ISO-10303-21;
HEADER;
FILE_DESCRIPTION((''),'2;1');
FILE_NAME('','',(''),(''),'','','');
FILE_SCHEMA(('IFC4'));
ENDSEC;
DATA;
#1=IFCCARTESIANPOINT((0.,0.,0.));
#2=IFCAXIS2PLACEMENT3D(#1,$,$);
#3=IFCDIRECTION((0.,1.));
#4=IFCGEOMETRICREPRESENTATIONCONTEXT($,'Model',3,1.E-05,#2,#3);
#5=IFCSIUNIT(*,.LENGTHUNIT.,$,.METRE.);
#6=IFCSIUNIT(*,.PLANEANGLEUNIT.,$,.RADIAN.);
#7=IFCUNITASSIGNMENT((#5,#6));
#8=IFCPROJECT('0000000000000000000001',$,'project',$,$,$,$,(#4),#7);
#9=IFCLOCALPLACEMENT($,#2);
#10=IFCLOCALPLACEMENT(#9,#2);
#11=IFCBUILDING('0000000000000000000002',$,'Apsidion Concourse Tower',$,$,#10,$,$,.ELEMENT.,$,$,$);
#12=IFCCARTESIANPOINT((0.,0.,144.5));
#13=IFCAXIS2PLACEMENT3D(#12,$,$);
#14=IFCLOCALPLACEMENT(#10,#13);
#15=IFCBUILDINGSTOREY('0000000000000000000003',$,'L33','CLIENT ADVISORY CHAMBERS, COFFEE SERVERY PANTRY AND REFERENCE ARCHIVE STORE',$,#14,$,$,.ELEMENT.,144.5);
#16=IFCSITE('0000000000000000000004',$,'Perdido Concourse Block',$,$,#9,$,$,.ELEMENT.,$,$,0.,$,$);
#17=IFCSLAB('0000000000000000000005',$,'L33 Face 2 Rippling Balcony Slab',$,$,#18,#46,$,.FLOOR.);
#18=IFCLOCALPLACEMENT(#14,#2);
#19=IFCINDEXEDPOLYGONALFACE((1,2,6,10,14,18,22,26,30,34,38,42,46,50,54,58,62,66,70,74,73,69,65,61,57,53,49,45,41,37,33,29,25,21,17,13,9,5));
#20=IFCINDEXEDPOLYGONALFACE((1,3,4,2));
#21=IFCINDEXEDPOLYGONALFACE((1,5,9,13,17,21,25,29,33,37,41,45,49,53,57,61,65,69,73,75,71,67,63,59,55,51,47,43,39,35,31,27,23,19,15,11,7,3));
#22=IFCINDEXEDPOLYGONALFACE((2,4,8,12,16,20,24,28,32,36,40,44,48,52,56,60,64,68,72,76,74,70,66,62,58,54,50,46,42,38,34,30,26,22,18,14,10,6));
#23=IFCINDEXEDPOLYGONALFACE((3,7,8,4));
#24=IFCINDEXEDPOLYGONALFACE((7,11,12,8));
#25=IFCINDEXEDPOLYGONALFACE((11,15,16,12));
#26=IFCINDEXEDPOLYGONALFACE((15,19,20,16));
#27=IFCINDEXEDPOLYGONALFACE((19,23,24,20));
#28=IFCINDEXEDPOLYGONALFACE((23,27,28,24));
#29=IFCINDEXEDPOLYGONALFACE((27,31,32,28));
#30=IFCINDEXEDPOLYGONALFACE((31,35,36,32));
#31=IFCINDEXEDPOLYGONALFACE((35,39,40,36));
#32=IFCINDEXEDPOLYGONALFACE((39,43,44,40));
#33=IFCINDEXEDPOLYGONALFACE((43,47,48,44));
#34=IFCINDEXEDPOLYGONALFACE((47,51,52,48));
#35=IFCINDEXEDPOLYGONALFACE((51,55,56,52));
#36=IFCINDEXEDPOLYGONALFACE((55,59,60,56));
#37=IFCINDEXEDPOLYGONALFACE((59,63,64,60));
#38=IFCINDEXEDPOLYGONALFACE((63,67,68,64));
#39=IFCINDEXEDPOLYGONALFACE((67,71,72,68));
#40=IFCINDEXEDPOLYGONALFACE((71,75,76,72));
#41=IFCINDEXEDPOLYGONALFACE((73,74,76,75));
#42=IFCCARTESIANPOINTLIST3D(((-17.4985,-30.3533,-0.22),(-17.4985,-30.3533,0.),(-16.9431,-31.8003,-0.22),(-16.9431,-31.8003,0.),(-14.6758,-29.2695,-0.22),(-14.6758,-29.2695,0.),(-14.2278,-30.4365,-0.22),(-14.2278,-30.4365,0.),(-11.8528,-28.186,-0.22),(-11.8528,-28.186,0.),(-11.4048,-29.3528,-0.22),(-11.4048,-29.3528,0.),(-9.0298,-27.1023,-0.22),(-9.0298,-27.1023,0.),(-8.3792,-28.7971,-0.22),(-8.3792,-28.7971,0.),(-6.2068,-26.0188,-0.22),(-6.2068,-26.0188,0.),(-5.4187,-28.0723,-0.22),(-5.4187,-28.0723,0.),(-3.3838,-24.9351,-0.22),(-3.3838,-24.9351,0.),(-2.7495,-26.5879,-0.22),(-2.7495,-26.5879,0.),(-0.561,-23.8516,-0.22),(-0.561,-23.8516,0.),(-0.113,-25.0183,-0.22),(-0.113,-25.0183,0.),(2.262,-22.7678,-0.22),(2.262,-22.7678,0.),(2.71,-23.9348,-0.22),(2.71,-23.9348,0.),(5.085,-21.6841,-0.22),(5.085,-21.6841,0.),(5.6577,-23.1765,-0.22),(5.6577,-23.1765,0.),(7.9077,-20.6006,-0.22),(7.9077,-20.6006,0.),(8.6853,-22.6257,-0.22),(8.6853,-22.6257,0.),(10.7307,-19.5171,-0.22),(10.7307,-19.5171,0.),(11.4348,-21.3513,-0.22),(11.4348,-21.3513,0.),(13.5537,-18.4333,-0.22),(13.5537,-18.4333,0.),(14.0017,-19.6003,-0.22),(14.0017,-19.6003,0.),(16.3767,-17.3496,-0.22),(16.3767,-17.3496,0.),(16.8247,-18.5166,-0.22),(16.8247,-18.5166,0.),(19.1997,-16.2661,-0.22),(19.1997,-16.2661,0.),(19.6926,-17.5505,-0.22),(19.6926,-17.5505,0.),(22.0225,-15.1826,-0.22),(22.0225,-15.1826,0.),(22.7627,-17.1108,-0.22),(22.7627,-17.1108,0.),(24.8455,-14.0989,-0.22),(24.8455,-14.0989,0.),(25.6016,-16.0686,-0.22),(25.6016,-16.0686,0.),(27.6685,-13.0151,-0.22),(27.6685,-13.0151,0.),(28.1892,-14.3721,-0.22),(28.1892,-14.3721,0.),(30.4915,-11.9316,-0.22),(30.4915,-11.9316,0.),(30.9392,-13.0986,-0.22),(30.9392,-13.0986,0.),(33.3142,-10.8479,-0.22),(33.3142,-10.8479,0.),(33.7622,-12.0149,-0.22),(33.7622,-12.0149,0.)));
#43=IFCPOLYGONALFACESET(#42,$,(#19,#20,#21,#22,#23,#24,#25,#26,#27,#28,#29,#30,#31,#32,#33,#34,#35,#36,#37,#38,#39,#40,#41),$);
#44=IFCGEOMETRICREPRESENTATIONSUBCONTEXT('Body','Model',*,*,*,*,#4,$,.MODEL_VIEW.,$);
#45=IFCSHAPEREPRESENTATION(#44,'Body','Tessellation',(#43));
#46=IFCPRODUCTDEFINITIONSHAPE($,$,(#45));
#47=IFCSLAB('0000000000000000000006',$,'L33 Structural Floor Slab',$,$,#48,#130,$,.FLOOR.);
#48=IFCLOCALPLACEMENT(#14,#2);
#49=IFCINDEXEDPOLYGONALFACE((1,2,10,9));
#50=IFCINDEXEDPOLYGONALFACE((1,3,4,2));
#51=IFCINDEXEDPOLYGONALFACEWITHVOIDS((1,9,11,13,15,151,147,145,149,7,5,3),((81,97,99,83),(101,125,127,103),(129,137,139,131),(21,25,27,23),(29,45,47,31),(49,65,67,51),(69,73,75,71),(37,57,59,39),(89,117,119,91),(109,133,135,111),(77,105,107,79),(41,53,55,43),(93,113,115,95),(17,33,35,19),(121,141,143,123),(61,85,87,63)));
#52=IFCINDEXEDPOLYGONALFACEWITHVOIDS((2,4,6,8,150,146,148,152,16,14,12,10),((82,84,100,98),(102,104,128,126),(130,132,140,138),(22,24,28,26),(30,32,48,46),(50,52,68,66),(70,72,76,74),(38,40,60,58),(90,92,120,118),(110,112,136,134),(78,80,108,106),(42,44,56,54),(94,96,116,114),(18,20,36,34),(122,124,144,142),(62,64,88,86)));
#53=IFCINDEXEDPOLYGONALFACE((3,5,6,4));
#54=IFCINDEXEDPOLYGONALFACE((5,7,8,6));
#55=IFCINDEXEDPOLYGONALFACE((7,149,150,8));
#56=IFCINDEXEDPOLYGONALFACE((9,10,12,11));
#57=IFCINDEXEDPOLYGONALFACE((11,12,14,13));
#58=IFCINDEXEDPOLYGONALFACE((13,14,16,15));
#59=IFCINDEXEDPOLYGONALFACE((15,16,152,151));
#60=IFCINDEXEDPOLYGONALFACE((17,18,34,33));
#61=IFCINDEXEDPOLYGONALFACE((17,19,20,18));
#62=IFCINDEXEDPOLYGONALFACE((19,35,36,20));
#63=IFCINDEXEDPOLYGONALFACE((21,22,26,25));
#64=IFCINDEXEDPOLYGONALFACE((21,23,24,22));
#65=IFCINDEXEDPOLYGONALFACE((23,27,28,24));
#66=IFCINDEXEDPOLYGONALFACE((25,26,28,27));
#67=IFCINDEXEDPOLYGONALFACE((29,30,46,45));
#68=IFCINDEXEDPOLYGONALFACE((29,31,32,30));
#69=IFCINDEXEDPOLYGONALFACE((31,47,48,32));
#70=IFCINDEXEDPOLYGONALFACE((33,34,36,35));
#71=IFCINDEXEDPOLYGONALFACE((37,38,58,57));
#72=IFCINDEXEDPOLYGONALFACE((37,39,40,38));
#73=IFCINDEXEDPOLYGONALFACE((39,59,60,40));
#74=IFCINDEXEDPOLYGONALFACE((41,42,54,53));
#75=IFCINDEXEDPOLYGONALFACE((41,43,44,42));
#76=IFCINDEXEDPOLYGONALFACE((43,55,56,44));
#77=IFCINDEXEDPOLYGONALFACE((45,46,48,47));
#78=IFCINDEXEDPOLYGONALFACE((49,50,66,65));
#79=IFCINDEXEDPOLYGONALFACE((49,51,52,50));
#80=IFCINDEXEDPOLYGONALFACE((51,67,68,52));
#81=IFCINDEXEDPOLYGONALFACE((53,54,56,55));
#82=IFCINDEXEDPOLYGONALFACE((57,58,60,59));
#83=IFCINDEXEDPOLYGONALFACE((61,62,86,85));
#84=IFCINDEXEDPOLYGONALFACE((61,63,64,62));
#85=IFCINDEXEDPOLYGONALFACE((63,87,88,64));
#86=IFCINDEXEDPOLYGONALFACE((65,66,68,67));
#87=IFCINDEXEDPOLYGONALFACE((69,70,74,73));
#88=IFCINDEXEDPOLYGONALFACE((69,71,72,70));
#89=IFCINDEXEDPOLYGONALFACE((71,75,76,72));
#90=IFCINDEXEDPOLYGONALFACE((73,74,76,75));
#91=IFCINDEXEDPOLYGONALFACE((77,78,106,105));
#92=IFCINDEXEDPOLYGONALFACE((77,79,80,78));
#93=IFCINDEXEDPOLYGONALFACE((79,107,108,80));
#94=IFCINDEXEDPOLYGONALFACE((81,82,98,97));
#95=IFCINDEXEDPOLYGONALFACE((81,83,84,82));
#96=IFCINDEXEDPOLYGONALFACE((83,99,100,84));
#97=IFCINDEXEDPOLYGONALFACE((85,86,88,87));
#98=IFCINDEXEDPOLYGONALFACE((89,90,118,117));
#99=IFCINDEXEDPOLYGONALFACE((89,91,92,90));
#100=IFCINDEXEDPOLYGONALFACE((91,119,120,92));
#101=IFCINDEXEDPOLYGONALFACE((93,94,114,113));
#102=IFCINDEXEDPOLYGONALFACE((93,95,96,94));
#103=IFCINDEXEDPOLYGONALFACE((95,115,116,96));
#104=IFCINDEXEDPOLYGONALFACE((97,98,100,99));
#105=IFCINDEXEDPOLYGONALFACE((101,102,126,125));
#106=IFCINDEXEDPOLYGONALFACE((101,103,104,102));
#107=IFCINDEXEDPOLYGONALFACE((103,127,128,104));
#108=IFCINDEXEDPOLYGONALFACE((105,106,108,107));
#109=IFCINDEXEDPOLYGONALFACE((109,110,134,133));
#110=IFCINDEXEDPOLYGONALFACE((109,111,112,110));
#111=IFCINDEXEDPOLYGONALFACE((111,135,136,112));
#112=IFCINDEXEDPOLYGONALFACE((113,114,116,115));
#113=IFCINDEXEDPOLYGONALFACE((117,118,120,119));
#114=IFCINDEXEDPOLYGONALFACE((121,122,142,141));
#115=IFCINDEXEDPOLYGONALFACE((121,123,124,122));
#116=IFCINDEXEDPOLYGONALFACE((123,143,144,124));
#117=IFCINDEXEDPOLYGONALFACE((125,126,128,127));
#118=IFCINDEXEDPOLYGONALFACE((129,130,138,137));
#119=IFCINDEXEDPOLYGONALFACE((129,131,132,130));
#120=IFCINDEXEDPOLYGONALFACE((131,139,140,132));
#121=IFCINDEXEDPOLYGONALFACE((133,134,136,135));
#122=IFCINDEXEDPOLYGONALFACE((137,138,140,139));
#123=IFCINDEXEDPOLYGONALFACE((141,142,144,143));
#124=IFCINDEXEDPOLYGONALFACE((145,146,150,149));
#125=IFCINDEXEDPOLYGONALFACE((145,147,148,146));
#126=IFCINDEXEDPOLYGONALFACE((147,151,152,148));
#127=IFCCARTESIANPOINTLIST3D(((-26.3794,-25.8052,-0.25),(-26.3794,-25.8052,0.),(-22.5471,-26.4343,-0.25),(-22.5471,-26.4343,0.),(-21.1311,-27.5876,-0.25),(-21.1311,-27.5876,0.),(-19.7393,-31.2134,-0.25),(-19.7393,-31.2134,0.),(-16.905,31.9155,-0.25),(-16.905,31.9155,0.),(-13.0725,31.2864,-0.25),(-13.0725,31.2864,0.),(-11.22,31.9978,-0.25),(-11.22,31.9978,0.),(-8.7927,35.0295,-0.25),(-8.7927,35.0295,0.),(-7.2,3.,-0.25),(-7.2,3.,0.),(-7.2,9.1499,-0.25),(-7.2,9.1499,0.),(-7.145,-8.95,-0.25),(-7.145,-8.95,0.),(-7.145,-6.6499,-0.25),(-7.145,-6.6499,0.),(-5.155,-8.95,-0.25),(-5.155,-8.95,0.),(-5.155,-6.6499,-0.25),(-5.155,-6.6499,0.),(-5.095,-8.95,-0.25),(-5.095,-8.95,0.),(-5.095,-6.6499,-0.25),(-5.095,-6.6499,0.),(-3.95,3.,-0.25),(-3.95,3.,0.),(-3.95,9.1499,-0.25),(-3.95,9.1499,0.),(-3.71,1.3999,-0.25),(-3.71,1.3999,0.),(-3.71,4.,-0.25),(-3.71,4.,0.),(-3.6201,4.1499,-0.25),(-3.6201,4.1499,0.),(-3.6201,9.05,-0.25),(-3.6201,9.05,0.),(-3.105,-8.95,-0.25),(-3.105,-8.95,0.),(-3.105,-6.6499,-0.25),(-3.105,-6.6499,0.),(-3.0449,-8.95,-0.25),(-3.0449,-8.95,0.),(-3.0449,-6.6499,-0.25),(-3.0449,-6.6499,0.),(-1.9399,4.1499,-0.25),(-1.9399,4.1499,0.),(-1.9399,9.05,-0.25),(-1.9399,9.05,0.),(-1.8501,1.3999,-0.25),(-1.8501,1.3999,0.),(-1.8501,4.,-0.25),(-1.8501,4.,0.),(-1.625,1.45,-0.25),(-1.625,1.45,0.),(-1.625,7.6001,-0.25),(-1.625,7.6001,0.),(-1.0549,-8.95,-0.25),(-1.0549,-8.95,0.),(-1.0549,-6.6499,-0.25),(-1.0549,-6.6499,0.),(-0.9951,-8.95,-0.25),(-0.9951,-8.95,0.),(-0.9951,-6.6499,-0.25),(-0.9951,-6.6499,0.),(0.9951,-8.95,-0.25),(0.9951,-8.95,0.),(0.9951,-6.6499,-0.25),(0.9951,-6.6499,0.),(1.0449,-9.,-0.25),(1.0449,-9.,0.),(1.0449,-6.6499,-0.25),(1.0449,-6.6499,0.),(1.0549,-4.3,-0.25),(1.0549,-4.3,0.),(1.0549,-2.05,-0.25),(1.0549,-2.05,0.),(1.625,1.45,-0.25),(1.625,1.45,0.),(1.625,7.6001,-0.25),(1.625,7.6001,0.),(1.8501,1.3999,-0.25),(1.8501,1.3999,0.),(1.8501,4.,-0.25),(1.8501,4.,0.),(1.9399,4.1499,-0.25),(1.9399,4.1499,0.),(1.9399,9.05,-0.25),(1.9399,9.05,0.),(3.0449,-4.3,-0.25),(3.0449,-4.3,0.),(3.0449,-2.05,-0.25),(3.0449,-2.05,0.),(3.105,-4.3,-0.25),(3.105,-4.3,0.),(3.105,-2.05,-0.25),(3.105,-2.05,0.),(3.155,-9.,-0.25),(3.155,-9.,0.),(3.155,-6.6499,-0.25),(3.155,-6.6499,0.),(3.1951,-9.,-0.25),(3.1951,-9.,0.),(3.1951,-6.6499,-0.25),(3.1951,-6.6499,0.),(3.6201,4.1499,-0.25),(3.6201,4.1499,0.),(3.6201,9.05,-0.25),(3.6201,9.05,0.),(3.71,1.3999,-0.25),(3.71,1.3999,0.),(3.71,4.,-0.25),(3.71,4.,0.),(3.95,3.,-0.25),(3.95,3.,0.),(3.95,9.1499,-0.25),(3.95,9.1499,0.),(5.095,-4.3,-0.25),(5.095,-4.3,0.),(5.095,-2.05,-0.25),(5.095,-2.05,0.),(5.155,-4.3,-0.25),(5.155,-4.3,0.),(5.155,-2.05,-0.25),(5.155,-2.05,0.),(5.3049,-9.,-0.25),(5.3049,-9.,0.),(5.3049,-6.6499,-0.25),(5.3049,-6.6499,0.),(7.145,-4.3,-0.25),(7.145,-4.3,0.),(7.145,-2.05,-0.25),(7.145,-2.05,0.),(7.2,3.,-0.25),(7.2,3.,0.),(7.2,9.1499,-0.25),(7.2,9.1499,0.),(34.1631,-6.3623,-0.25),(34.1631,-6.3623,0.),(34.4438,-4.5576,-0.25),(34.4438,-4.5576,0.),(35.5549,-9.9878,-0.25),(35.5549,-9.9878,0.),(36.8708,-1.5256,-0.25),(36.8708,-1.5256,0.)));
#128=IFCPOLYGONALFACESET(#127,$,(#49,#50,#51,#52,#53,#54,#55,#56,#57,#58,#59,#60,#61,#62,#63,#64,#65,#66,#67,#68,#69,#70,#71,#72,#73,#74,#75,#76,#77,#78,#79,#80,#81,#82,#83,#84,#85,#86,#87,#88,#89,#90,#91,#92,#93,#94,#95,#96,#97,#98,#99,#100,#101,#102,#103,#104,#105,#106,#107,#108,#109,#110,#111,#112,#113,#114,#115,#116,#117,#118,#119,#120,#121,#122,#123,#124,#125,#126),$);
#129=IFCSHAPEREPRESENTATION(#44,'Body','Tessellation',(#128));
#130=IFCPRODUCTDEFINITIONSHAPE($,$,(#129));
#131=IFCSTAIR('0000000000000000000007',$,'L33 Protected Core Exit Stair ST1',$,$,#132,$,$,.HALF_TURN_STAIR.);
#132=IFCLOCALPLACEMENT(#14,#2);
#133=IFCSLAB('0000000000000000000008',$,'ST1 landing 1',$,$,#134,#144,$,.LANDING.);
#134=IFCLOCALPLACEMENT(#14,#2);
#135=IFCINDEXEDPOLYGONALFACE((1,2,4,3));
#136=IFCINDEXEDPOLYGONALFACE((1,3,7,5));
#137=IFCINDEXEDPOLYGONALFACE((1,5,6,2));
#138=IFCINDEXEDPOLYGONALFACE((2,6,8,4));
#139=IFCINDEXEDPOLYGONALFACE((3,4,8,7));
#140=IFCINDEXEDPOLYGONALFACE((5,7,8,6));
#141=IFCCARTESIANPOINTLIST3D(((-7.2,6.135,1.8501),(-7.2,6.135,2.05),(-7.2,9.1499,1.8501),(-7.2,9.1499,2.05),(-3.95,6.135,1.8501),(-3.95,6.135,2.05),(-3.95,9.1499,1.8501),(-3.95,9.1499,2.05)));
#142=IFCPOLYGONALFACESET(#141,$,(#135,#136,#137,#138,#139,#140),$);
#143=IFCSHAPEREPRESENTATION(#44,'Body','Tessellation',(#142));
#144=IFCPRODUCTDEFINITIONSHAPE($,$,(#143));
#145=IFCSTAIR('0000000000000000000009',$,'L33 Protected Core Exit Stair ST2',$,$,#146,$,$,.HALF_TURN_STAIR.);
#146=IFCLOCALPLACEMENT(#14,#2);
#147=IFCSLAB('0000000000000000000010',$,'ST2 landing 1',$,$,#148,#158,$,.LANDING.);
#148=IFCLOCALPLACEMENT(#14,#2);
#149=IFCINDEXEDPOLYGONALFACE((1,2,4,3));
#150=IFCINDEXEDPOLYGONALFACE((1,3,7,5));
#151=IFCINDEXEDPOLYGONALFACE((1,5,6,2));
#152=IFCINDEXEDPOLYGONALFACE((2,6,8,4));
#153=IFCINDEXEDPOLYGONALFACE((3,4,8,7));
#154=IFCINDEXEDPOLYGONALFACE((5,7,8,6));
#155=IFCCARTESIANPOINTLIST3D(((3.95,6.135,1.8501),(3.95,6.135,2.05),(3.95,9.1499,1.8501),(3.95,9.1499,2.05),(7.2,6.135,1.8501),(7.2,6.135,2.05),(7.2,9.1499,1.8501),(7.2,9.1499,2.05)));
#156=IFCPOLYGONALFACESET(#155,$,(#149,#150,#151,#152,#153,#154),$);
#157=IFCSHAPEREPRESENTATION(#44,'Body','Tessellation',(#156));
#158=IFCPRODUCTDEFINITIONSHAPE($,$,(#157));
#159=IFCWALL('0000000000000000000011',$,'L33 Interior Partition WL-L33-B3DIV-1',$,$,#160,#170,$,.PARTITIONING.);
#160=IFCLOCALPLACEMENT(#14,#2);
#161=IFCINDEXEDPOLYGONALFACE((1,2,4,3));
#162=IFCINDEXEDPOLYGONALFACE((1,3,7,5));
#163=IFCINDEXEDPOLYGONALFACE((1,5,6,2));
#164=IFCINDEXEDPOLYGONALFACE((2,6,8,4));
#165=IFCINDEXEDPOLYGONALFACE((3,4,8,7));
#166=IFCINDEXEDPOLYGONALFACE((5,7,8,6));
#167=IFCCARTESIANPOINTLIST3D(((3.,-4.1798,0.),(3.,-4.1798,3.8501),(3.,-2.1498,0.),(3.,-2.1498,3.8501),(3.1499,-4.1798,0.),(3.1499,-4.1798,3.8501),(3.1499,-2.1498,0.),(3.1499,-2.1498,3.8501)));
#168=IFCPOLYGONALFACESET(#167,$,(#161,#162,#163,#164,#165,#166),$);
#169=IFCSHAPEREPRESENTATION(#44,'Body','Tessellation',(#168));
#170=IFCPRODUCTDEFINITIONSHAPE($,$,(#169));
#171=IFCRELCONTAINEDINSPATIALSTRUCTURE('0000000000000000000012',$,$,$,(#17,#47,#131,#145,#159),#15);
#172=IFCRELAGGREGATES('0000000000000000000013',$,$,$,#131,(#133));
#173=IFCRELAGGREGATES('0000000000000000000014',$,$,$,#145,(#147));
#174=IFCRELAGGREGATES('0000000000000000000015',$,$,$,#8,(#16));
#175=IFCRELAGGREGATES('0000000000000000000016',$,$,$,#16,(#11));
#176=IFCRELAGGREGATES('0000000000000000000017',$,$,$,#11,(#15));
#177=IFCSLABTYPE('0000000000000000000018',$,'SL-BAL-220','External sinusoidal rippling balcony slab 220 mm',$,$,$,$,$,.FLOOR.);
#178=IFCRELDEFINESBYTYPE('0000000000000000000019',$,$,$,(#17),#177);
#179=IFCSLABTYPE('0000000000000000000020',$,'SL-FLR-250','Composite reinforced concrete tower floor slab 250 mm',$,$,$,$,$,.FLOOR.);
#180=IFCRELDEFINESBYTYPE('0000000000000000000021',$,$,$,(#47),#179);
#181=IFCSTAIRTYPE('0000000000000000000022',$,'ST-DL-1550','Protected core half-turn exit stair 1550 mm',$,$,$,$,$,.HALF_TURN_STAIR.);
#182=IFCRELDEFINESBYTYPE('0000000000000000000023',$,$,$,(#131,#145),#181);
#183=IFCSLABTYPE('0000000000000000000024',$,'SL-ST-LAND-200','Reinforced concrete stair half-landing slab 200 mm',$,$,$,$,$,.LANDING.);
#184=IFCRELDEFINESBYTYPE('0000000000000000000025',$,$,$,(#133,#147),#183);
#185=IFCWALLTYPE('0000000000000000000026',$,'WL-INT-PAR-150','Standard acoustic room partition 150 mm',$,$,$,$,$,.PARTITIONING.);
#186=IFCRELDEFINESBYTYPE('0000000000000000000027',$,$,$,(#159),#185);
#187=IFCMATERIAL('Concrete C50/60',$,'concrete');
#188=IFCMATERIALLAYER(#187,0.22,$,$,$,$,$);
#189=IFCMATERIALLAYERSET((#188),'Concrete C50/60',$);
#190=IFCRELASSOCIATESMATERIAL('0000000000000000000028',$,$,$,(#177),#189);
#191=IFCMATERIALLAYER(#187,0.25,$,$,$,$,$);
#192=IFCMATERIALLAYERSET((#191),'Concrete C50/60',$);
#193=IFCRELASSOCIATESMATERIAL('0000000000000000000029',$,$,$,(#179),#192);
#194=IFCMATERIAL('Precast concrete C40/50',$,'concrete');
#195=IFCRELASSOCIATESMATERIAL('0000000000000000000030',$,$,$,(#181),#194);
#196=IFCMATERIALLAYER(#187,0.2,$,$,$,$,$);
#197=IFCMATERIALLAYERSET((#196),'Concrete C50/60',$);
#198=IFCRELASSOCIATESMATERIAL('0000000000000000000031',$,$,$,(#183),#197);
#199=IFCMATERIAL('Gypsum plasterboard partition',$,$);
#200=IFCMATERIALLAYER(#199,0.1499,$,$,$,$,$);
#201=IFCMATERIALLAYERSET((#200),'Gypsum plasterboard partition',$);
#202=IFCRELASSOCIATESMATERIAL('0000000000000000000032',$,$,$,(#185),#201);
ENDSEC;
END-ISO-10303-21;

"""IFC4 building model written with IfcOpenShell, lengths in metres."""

from ifc_helpers import new_model, si_unit, direction, frame, frame_2d, origin, place, context, subcontext, project, spatial, polyline, rectangle, outline, extrude, material, layer, layer_set, type_object, element, aggregate, save


model = new_model("IFC4")

# Units and contexts
model_context = context("Model", 3, precision=1e-05, world=origin(), true_north=direction((0.0, 1.0)))
body_context = subcontext(model_context, "Body", "Model", "MODEL_VIEW")
ifc_project = project(units=[si_unit("LENGTHUNIT", "METRE"), si_unit("PLANEANGLEUNIT", "RADIAN")], contexts=[model_context])

# Site, building, storey
site_placement = place(None, origin())
site = spatial("IfcSite", under=ifc_project, at=site_placement, Name="Perdido Concourse Block", CompositionType="ELEMENT", RefElevation=0.0)
building_placement = place(site_placement, origin())
building = spatial("IfcBuilding", under=site, at=building_placement, Name="Apsidion Concourse Tower", CompositionType="ELEMENT")
storey_placement = place(building_placement, frame((0.0, 0.0, 144.5)))
storey = spatial("IfcBuildingStorey", under=building, at=storey_placement, Name="L33", Description="CLIENT ADVISORY CHAMBERS, COFFEE SERVERY PANTRY AND REFERENCE ARCHIVE STORE", CompositionType="ELEMENT", Elevation=144.5)

# Shared definitions
ifc_material_1 = material(Name="Concrete C50/60", Category="concrete")

# Slabs
ifc_layer_1 = layer(ifc_material_1, 0.22)
ifc_layer_set_1 = layer_set([ifc_layer_1], Name="Concrete C50/60")
slab_type_1 = type_object("IfcSlabType", Name="SL-BAL-220", Description="External sinusoidal rippling balcony slab 220 mm", PredefinedType="FLOOR", material=ifc_layer_set_1)
slab_1_placement = place(storey_placement, frame((0.0, 0.0, -0.22)))
element("IfcSlab", 1, at=slab_1_placement, inside=storey, type_object=slab_type_1, Name="L33 Face 2 Rippling Balcony Slab", PredefinedType="FLOOR", context=body_context, shape_type="SweptSolid", body=[
    extrude(outline(polyline([(-17.4985, -30.3533), (-14.6758, -29.2695), (-11.8528, -28.186), (-9.0298, -27.1023), (-6.2068, -26.0188), (-3.3838, -24.9351), (-0.561, -23.8516), (2.262, -22.7678), (5.085, -21.6841), (7.9077, -20.6006), (10.7307, -19.5171), (13.5537, -18.4333), (16.3767, -17.3496), (19.1997, -16.2661), (22.0225, -15.1826), (24.8455, -14.0989), (27.6685, -13.0151), (30.4915, -11.9316), (33.3142, -10.8479), (33.7622, -12.0149), (30.9392, -13.0986), (28.1892, -14.3721), (25.6016, -16.0686), (22.7627, -17.1108), (19.6926, -17.5505), (16.8247, -18.5166), (14.0017, -19.6003), (11.4348, -21.3513), (8.6853, -22.6257), (5.6577, -23.1765), (2.71, -23.9348), (-0.113, -25.0183), (-2.7495, -26.5879), (-5.4187, -28.0723), (-8.3792, -28.7971), (-11.4048, -29.3528), (-14.2278, -30.4365), (-16.9431, -31.8003), (-17.4985, -30.3533)])), origin(), (0.0, 0.0, 1.0), 0.22),
])
ifc_layer_2 = layer(ifc_material_1, 0.25)
ifc_layer_set_2 = layer_set([ifc_layer_2], Name="Concrete C50/60")
slab_type_2 = type_object("IfcSlabType", Name="SL-FLR-250", Description="Composite reinforced concrete tower floor slab 250 mm", PredefinedType="FLOOR", material=ifc_layer_set_2)
slab_2_placement = place(storey_placement, frame((0.0, 0.0, -0.25)))
element("IfcSlab", 2, at=slab_2_placement, inside=storey, type_object=slab_type_2, Name="L33 Structural Floor Slab", PredefinedType="FLOOR", context=body_context, shape_type="SweptSolid", body=[
    extrude(outline(polyline([(-8.7927, 35.0295), (-11.22, 31.9978), (-13.0725, 31.2864), (-16.905, 31.9155), (-26.3794, -25.8052), (-22.5471, -26.4343), (-21.1311, -27.5876), (-19.7393, -31.2134), (35.5549, -9.9878), (34.1631, -6.3623), (34.4438, -4.5576), (36.8708, -1.5256), (-8.7927, 35.0295)]), holes=[polyline([(-3.95, 3.0), (-3.95, 9.1499), (-7.2, 9.1499), (-7.2, 3.0), (-3.95, 3.0)]), polyline([(7.2, 3.0), (7.2, 9.1499), (3.95, 9.1499), (3.95, 3.0), (7.2, 3.0)]), polyline([(-1.625, 7.6001), (-1.625, 1.45), (1.625, 1.45), (1.625, 7.6001), (-1.625, 7.6001)]), polyline([(1.0549, -4.3), (3.0449, -4.3), (3.0449, -2.05), (1.0549, -2.05), (1.0549, -4.3)]), polyline([(3.105, -4.3), (5.095, -4.3), (5.095, -2.05), (3.105, -2.05), (3.105, -4.3)]), polyline([(5.155, -4.3), (7.145, -4.3), (7.145, -2.05), (5.155, -2.05), (5.155, -4.3)]), polyline([(-7.145, -8.95), (-5.155, -8.95), (-5.155, -6.6499), (-7.145, -6.6499), (-7.145, -8.95)]), polyline([(-5.095, -8.95), (-3.105, -8.95), (-3.105, -6.6499), (-5.095, -6.6499), (-5.095, -8.95)]), polyline([(-3.0449, -8.95), (-1.0549, -8.95), (-1.0549, -6.6499), (-3.0449, -6.6499), (-3.0449, -8.95)]), polyline([(-0.9951, -8.95), (0.9951, -8.95), (0.9951, -6.6499), (-0.9951, -6.6499), (-0.9951, -8.95)]), polyline([(1.0449, -9.0), (3.155, -9.0), (3.155, -6.6499), (1.0449, -6.6499), (1.0449, -9.0)]), polyline([(3.1951, -9.0), (5.3049, -9.0), (5.3049, -6.6499), (3.1951, -6.6499), (3.1951, -9.0)]), polyline([(-3.71, 1.3999), (-1.8501, 1.3999), (-1.8501, 4.0), (-3.71, 4.0), (-3.71, 1.3999)]), polyline([(1.8501, 1.3999), (3.71, 1.3999), (3.71, 4.0), (1.8501, 4.0), (1.8501, 1.3999)]), polyline([(-3.6201, 4.1499), (-1.9399, 4.1499), (-1.9399, 9.05), (-3.6201, 9.05), (-3.6201, 4.1499)]), polyline([(1.9399, 4.1499), (3.6201, 4.1499), (3.6201, 9.05), (1.9399, 9.05), (1.9399, 4.1499)])]), origin(), (0.0, 0.0, 1.0), 0.25),
])

# Stairs, slabs
ifc_material_2 = material(Name="Precast concrete C40/50", Category="concrete")
stair_type = type_object("IfcStairType", Name="ST-DL-1550", Description="Protected core half-turn exit stair 1550 mm", PredefinedType="HALF_TURN_STAIR", material=ifc_material_2)
stair_1_placement = place(storey_placement, origin())
stair_1 = element("IfcStair", 3, at=stair_1_placement, inside=storey, type_object=stair_type, Name="L33 Protected Core Exit Stair ST1", PredefinedType="HALF_TURN_STAIR")
ifc_layer_3 = layer(ifc_material_1, 0.2)
ifc_layer_set_3 = layer_set([ifc_layer_3], Name="Concrete C50/60")
slab_type_3 = type_object("IfcSlabType", Name="SL-ST-LAND-200", Description="Reinforced concrete stair half-landing slab 200 mm", PredefinedType="LANDING", material=ifc_layer_set_3)
slab_3_placement = place(storey_placement, frame((0.0, 0.0, 1.8501)))
slab_3 = element("IfcSlab", 4, at=slab_3_placement, type_object=slab_type_3, Name="ST1 landing 1", PredefinedType="LANDING", context=body_context, shape_type="SweptSolid", body=[
    extrude(outline(polyline([(-3.95, 6.135), (-3.95, 9.1499), (-7.2, 9.1499), (-7.2, 6.135), (-3.95, 6.135)])), origin(), (0.0, 0.0, 1.0), 0.2),
])
aggregate(stair_1, [slab_3])
stair_2_placement = place(storey_placement, origin())
stair_2 = element("IfcStair", 5, at=stair_2_placement, inside=storey, type_object=stair_type, Name="L33 Protected Core Exit Stair ST2", PredefinedType="HALF_TURN_STAIR")
slab_4_placement = place(storey_placement, frame((0.0, 0.0, 1.8501)))
slab_4 = element("IfcSlab", 6, at=slab_4_placement, type_object=slab_type_3, Name="ST2 landing 1", PredefinedType="LANDING", context=body_context, shape_type="SweptSolid", body=[
    extrude(outline(polyline([(7.2, 6.135), (7.2, 9.1499), (3.95, 9.1499), (3.95, 6.135), (7.2, 6.135)])), origin(), (0.0, 0.0, 1.0), 0.2),
])
aggregate(stair_2, [slab_4])

# Wall
ifc_material_3 = material(Name="Gypsum plasterboard partition")
ifc_layer_4 = layer(ifc_material_3, 0.1499)
ifc_layer_set_4 = layer_set([ifc_layer_4], Name="Gypsum plasterboard partition")
wall_type_1 = type_object("IfcWallType", Name="WL-INT-PAR-150", Description="Standard acoustic room partition 150 mm", PredefinedType="PARTITIONING", material=ifc_layer_set_4)
for number, where, z_axis, x_axis, name in (
    (7, (3.075, -4.1799, 0.0), (0.0, 0.0, 1.0), (0.0, 1.0, 0.0), "L33 Interior Partition WL-L33-B3DIV-1"),
):
    element("IfcWall", number, at=place(storey_placement, frame(where, z_axis=z_axis, x_axis=x_axis)), inside=storey, type_object=wall_type_1, Name=name, PredefinedType="PARTITIONING", context=body_context, shape_type="SweptSolid", body=[
        extrude(rectangle(XDim=2.03, YDim=0.1499, at=frame_2d((1.0151, 0.0))), origin(), (0.0, 0.0, 1.0), 3.8501),
    ])

save(model, "model.ifc")
